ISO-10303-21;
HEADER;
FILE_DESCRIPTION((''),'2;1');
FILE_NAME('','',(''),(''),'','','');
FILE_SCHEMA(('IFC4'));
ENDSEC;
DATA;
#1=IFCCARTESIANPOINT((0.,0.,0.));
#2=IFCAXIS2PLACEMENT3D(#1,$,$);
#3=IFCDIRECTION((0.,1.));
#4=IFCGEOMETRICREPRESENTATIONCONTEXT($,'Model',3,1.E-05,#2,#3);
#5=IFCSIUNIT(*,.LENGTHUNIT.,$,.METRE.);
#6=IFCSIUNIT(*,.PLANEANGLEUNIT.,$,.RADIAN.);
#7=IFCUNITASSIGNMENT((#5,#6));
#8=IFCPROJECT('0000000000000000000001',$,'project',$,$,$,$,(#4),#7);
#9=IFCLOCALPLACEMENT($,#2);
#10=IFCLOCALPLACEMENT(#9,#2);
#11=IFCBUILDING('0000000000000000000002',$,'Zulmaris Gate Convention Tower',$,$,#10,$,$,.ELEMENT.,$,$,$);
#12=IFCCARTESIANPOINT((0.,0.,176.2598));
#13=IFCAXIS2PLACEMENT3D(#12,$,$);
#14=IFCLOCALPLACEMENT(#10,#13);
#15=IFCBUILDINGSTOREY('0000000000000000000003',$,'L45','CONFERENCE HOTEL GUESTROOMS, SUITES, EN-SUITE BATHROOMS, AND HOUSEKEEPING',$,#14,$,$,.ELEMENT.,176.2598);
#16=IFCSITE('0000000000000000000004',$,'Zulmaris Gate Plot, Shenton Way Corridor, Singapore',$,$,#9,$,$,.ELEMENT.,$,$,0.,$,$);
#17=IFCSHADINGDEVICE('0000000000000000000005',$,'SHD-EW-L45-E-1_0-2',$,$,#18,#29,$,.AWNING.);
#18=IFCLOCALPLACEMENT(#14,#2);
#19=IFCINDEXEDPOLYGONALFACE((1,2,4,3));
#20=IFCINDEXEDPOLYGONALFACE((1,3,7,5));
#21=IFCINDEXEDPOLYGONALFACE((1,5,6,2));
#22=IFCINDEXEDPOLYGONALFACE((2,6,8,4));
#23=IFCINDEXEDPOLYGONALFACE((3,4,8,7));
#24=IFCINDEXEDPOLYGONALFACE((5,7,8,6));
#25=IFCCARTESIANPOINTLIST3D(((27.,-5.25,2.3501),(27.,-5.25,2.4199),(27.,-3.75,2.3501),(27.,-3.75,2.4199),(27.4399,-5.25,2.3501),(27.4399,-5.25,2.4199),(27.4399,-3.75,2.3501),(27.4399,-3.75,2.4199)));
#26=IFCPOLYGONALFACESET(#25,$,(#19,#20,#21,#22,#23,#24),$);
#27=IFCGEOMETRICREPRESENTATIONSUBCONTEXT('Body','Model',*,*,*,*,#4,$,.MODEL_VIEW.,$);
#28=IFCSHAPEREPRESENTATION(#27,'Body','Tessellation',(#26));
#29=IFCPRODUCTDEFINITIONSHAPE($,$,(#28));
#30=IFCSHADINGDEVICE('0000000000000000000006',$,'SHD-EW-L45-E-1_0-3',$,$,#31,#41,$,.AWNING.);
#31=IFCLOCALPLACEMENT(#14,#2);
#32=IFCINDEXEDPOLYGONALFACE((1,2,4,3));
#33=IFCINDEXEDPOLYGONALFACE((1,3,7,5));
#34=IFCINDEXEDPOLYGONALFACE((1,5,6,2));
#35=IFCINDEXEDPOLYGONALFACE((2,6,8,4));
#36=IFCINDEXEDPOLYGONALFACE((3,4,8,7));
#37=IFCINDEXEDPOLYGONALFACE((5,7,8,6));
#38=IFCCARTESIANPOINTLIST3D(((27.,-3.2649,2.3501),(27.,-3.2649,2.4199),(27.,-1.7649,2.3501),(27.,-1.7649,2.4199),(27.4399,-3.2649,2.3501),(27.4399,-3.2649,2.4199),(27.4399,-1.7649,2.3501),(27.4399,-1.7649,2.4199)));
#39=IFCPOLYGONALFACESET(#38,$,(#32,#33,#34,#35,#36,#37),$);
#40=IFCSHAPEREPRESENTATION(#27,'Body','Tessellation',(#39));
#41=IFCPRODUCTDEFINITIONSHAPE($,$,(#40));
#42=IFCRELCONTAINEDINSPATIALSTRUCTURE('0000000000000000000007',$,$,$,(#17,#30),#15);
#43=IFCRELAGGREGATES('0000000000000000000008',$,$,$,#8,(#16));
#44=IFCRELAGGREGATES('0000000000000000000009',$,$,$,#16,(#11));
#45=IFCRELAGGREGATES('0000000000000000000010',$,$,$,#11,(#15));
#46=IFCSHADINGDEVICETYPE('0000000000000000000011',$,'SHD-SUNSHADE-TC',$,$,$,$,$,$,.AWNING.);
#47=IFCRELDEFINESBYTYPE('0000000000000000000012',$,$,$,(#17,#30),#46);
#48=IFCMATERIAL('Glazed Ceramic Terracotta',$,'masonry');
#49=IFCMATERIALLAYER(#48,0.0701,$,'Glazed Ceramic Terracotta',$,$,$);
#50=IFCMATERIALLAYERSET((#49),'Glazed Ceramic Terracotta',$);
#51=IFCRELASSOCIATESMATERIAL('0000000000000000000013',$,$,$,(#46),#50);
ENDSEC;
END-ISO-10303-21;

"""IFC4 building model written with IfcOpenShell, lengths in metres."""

from ifc_helpers import new_model, si_unit, direction, frame, frame_2d, origin, place, context, subcontext, project, spatial, rectangle, extrude, material, layer, layer_set, type_object, element, save


model = new_model("IFC4")

# Units and contexts
model_context = context("Model", 3, precision=1e-05, world=origin(), true_north=direction((0.0, 1.0)))
body_context = subcontext(model_context, "Body", "Model", "MODEL_VIEW")
ifc_project = project(units=[si_unit("LENGTHUNIT", "METRE"), si_unit("PLANEANGLEUNIT", "RADIAN")], contexts=[model_context])

# Site, building, storey
site_placement = place(None, origin())
site = spatial("IfcSite", under=ifc_project, at=site_placement, Name="Zulmaris Gate Plot, Shenton Way Corridor, Singapore", CompositionType="ELEMENT", RefElevation=0.0)
building_placement = place(site_placement, origin())
building = spatial("IfcBuilding", under=site, at=building_placement, Name="Zulmaris Gate Convention Tower", CompositionType="ELEMENT")
storey_placement = place(building_placement, frame((0.0, 0.0, 176.2598)))
storey = spatial("IfcBuildingStorey", under=building, at=storey_placement, Name="L45", Description="CONFERENCE HOTEL GUESTROOMS, SUITES, EN-SUITE BATHROOMS, AND HOUSEKEEPING", CompositionType="ELEMENT", Elevation=176.2598)

# Shading devices
ifc_material_1 = material(Name="Glazed Ceramic Terracotta", Category="masonry")
ifc_layer_1 = layer(ifc_material_1, 0.0701, Name="Glazed Ceramic Terracotta")
ifc_layer_set_1 = layer_set([ifc_layer_1], Name="Glazed Ceramic Terracotta")
shading_device_type = type_object("IfcShadingDeviceType", Name="SHD-SUNSHADE-TC", PredefinedType="AWNING", material=ifc_layer_set_1)
for number, where, z_axis, x_axis, name in (
    (1, (27.22, -5.25, 2.3501), (0.0, 0.0, 1.0), (0.0, 1.0, 0.0), "SHD-EW-L45-E-1_0-2"),
    (2, (27.22, -3.2649, 2.3501), (0.0, 0.0, 1.0), (0.0, 1.0, 0.0), "SHD-EW-L45-E-1_0-3"),
):
    element("IfcShadingDevice", number, at=place(storey_placement, frame(where, z_axis=z_axis, x_axis=x_axis)), inside=storey, type_object=shading_device_type, Name=name, PredefinedType="AWNING", context=body_context, shape_type="SweptSolid", body=[
        extrude(rectangle(XDim=1.5, YDim=0.4399, at=frame_2d((0.75, 0.0))), origin(), (0.0, 0.0, 1.0), 0.0698),
    ])

save(model, "model.ifc")
